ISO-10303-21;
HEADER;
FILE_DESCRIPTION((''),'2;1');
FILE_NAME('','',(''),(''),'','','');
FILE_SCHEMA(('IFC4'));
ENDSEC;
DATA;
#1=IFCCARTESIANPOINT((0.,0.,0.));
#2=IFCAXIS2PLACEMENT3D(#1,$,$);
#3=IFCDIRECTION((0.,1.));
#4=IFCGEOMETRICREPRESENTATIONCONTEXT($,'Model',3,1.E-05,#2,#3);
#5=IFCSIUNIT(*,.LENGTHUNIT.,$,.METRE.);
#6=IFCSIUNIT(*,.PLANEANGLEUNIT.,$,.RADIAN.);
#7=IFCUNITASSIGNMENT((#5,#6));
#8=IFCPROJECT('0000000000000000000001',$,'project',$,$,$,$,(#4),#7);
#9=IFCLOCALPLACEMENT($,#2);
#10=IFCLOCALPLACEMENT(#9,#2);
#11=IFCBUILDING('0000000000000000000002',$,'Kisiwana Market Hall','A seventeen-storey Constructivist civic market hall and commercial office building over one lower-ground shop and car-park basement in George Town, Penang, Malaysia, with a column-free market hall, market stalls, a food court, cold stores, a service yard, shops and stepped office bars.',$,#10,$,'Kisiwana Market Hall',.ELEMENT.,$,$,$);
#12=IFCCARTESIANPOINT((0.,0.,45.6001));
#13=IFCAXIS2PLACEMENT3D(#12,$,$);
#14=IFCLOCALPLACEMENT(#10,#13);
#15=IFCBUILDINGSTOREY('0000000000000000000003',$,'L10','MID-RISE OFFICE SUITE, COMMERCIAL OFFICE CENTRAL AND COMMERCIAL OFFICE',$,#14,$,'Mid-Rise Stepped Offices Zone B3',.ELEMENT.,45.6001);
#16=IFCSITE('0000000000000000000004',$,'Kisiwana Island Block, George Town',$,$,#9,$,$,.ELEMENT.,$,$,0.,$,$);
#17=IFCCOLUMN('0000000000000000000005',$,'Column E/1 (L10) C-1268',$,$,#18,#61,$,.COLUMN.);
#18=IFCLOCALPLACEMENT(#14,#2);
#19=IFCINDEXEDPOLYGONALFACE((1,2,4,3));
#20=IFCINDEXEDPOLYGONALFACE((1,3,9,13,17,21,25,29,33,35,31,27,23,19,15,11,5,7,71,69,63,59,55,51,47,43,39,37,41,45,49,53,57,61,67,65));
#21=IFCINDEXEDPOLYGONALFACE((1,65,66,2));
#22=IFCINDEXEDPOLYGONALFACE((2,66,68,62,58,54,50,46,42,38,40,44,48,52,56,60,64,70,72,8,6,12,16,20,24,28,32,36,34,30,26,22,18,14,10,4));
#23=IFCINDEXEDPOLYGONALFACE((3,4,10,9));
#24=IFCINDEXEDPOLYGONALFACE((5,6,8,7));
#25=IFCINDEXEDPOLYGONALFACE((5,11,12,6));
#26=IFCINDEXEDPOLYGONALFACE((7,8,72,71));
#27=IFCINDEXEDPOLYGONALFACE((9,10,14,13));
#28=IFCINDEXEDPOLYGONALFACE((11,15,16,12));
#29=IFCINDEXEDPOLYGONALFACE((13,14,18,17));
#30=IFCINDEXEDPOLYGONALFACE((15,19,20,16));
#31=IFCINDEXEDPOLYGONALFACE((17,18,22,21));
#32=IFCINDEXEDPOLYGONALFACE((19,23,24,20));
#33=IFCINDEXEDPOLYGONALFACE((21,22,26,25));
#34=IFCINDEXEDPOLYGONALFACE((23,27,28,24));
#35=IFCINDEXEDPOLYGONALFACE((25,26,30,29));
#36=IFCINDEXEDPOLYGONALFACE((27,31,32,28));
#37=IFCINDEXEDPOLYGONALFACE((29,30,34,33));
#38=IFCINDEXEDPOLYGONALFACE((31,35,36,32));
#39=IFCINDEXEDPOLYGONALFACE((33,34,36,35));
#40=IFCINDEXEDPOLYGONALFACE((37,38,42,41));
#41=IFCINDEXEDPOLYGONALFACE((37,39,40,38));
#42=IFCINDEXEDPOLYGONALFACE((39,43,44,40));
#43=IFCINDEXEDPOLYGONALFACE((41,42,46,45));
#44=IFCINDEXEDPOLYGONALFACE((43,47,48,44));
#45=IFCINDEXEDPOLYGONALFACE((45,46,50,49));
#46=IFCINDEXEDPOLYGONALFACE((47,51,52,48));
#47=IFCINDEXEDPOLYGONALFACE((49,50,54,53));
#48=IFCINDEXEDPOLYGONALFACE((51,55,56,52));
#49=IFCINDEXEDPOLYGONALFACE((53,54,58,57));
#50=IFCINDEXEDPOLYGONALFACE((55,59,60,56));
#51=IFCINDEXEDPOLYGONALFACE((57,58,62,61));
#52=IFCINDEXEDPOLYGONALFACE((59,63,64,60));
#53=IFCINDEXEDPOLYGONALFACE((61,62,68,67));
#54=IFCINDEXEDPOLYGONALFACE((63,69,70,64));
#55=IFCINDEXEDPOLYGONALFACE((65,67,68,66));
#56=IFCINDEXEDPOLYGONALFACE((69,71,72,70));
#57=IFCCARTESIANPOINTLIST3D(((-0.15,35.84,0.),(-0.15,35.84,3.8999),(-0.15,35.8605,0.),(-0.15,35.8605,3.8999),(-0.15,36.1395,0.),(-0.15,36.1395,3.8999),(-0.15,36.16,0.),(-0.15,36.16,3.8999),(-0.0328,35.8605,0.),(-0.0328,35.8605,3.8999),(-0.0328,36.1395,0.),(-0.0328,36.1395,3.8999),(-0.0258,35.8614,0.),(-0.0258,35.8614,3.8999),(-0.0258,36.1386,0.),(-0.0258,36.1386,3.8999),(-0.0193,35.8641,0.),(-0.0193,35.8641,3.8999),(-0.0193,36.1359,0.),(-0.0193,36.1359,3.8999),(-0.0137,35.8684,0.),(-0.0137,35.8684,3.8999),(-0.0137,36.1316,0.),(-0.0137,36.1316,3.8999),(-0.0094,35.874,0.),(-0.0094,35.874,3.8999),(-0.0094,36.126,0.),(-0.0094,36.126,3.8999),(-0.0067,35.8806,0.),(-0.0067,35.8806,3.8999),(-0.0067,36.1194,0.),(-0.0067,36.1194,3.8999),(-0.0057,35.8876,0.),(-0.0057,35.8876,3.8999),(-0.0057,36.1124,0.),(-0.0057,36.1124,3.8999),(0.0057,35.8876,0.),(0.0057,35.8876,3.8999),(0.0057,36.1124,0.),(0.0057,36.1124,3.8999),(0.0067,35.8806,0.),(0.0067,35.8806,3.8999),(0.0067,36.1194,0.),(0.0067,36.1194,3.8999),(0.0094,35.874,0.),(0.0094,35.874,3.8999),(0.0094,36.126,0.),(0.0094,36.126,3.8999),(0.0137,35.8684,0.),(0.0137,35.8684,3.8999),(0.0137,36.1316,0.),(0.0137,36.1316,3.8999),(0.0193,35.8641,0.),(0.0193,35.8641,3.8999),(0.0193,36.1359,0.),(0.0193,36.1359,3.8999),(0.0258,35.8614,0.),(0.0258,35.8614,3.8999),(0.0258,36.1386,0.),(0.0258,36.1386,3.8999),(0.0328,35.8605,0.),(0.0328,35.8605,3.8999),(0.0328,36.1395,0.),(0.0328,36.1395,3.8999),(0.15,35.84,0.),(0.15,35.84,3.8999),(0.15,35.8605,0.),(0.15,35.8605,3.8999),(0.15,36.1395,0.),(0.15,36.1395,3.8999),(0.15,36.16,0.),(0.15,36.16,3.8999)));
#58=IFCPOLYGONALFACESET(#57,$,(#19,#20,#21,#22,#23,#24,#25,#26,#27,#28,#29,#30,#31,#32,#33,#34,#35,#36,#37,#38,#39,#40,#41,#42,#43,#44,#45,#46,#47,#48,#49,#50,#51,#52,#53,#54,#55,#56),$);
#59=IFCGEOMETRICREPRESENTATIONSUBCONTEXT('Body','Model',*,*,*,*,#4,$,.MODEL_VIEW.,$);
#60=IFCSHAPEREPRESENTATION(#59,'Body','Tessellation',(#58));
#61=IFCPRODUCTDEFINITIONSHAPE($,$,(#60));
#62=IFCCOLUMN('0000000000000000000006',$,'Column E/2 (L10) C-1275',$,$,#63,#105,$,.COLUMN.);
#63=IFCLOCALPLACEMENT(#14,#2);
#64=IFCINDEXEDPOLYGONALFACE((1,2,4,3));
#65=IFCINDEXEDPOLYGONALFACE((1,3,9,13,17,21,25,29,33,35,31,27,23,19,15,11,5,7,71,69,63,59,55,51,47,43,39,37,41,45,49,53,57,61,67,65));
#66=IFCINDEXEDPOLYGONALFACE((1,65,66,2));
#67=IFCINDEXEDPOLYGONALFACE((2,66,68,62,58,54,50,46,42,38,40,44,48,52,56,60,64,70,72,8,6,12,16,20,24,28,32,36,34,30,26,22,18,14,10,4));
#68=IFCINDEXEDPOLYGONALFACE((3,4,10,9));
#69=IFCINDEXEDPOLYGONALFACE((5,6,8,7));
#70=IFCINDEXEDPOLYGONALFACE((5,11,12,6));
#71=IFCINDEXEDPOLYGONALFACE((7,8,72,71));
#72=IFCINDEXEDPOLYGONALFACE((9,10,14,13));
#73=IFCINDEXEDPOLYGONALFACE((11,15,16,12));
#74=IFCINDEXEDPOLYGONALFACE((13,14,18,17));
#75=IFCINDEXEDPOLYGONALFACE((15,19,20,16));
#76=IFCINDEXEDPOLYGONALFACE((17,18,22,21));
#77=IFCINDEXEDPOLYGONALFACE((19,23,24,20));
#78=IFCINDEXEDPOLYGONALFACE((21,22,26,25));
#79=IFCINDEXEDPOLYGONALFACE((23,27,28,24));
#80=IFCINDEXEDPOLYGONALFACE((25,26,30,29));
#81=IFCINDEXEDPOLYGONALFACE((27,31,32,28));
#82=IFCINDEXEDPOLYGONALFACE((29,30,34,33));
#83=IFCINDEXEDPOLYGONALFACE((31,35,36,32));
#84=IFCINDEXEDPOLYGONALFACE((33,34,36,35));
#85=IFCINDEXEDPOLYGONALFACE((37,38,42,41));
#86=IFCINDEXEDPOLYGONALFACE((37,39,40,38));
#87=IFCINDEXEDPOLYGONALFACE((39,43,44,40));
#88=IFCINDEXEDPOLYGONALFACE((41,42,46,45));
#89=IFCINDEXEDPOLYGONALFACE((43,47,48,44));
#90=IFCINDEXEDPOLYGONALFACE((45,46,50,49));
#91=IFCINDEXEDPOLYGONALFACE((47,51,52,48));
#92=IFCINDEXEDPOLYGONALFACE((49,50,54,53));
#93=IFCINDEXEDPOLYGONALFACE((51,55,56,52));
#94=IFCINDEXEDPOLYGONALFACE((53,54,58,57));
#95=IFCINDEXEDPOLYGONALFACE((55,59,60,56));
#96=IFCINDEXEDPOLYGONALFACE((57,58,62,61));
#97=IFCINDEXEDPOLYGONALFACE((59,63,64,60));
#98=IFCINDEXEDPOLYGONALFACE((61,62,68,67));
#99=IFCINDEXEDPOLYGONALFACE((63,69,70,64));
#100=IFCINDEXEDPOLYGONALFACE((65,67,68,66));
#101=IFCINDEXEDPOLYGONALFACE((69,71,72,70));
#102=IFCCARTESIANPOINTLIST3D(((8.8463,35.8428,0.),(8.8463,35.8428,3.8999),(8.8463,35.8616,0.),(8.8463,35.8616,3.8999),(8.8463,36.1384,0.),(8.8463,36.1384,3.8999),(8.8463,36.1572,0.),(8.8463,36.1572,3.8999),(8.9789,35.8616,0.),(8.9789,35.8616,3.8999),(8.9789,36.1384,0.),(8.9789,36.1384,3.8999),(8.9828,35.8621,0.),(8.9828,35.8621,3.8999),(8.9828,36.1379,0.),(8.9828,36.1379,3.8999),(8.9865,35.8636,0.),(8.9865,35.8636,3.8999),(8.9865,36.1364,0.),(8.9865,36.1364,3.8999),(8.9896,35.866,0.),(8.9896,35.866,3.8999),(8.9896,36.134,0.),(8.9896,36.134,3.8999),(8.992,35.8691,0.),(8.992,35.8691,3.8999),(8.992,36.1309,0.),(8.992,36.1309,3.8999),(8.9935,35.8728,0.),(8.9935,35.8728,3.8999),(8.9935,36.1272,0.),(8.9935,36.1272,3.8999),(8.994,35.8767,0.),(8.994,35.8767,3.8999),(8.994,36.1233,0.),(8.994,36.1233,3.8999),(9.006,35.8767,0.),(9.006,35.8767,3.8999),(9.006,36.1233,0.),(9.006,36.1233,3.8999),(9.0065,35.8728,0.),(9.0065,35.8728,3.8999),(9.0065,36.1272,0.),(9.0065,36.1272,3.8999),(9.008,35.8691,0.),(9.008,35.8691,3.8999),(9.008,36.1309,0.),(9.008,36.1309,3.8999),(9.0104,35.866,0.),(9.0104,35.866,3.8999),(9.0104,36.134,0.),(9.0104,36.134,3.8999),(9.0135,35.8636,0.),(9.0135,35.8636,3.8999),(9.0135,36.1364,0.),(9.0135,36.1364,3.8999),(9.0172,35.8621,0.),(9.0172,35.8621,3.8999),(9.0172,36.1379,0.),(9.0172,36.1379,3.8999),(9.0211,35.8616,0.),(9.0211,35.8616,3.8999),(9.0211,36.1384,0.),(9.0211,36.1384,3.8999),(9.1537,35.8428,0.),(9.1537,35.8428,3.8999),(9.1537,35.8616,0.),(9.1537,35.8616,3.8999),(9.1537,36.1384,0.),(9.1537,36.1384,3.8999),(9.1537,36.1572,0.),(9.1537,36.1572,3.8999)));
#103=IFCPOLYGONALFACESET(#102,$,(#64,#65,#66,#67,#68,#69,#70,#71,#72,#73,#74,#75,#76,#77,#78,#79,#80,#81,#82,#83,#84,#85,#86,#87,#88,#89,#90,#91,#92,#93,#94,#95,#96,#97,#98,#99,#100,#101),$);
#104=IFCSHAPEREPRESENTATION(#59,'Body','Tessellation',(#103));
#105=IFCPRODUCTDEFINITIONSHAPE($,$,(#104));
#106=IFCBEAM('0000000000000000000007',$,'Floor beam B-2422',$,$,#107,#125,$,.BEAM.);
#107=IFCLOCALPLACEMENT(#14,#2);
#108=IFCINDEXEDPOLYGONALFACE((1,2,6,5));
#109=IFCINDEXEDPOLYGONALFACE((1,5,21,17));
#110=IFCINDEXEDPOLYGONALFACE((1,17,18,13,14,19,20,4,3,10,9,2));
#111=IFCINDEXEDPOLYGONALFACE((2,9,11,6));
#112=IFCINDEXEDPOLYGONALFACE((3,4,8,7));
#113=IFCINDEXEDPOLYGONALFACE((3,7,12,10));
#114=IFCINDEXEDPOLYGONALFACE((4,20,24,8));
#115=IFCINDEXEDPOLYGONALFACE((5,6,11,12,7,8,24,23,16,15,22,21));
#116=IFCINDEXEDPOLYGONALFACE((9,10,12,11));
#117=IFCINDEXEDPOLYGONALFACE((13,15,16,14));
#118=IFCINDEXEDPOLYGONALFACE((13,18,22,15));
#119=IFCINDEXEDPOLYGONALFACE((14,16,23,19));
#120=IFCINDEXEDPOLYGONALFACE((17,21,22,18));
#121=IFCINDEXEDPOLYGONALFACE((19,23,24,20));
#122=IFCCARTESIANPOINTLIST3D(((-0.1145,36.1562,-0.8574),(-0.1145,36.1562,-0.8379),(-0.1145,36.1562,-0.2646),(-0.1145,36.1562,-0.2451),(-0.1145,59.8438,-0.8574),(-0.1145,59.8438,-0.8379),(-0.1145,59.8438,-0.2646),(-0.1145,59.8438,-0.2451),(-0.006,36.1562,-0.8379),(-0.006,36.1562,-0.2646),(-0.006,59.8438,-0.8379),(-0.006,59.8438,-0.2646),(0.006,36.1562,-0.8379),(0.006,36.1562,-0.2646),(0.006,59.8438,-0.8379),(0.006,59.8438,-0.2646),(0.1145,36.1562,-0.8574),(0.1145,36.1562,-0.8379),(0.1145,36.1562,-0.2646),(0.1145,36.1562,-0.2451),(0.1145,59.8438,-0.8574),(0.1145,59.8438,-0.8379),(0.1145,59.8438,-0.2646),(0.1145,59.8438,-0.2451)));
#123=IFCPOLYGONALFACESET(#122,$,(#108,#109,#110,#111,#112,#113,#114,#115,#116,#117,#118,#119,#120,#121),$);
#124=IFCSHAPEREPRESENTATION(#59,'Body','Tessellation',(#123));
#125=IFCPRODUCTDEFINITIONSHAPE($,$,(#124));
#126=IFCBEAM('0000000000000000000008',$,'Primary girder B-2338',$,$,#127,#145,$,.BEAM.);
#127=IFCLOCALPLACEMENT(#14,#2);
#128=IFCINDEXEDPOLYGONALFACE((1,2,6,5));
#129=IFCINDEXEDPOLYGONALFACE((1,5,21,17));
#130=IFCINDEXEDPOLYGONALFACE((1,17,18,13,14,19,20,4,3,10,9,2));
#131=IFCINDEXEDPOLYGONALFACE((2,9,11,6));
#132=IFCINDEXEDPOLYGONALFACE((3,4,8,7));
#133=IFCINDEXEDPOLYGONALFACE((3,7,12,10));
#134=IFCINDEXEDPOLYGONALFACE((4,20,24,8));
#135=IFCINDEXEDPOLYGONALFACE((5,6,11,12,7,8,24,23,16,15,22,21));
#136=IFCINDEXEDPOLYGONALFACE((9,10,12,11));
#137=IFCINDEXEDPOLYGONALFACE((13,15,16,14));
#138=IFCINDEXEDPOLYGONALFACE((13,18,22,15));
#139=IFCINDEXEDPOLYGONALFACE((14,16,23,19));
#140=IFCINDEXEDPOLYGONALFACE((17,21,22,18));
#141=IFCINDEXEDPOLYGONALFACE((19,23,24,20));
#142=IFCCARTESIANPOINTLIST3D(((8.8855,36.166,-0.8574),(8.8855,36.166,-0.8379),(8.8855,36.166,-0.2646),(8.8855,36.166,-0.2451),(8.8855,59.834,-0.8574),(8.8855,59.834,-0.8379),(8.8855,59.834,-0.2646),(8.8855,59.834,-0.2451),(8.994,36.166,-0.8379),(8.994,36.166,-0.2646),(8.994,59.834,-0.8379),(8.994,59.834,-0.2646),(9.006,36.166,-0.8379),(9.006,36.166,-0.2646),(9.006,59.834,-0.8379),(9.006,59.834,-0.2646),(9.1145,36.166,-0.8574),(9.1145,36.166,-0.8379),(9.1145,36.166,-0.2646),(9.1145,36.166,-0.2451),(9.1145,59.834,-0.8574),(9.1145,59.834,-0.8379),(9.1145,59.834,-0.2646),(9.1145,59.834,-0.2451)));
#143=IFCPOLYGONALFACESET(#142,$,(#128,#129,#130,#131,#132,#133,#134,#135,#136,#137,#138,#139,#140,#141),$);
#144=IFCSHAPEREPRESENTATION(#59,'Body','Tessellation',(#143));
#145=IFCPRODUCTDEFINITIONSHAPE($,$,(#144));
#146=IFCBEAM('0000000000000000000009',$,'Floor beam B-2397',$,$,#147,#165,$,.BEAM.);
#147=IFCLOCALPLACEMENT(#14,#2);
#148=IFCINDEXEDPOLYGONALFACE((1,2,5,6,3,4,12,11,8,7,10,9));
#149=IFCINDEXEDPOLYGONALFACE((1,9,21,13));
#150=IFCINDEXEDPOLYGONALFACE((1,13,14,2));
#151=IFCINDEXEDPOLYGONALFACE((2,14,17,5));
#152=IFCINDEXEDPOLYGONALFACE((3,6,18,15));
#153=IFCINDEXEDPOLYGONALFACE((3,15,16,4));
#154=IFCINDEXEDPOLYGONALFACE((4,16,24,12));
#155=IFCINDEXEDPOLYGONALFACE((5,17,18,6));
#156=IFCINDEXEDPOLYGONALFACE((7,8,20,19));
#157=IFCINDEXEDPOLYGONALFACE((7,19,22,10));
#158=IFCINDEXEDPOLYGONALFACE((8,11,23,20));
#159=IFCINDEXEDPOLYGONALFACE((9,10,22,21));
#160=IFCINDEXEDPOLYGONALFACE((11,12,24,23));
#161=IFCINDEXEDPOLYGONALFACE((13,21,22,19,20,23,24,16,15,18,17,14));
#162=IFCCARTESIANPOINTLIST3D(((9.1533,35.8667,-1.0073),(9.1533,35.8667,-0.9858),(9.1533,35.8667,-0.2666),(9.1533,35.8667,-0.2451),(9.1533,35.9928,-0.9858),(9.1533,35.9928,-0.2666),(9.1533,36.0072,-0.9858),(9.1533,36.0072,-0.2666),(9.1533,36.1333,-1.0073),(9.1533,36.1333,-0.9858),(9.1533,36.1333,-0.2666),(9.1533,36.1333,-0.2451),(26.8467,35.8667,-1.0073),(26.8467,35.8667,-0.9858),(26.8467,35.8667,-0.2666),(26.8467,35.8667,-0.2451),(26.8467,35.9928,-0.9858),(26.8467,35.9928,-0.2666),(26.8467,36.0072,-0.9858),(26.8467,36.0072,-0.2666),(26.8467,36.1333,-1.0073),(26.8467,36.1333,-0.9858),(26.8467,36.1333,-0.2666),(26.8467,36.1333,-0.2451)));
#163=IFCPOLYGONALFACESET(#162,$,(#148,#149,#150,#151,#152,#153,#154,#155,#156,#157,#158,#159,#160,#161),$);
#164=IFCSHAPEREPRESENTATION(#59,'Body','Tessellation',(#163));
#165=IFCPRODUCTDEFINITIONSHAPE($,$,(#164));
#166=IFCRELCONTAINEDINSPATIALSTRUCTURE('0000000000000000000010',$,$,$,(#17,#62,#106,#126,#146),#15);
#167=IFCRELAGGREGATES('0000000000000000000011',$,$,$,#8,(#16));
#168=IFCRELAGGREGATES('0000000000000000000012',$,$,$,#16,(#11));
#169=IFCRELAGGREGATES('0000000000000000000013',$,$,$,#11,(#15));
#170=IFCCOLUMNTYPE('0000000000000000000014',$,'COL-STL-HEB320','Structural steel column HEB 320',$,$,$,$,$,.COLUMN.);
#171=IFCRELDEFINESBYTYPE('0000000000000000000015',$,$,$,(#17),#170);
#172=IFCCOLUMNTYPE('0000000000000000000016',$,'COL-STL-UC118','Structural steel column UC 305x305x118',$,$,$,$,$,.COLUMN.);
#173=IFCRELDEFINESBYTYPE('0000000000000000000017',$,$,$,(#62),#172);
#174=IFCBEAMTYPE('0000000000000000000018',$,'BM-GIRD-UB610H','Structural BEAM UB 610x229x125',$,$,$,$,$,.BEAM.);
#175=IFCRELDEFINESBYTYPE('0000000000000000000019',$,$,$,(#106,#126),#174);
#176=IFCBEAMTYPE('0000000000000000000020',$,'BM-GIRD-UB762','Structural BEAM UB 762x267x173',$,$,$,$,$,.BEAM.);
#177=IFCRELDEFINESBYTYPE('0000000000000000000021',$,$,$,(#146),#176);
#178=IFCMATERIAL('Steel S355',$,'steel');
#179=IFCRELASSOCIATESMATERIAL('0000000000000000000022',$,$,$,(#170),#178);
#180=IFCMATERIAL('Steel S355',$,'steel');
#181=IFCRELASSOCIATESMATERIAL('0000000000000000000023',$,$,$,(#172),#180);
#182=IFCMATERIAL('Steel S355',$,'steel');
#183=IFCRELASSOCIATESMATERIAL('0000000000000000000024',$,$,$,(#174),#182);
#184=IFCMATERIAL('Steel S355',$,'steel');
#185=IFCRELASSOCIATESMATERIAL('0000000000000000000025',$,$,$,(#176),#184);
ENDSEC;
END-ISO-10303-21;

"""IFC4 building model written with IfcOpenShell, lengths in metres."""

from ifc_helpers import new_model, si_unit, direction, frame, origin, origin_2d, place, context, subcontext, project, spatial, i_section, extrude, material, material_profile, profile_set, type_object, element, save


model = new_model("IFC4")

# Units and contexts
model_context = context("Model", 3, precision=1e-05, world=origin(), true_north=direction((0.0, 1.0)))
body_context = subcontext(model_context, "Body", "Model", "MODEL_VIEW")
ifc_project = project(units=[si_unit("LENGTHUNIT", "METRE"), si_unit("PLANEANGLEUNIT", "RADIAN")], contexts=[model_context])

# Site, building, storey
site_placement = place(None, origin())
site = spatial("IfcSite", under=ifc_project, at=site_placement, Name="Kisiwana Island Block, George Town", CompositionType="ELEMENT", RefElevation=0.0)
building_placement = place(site_placement, origin())
building = spatial("IfcBuilding", under=site, at=building_placement, Name="Kisiwana Market Hall", Description="A seventeen-storey Constructivist civic market hall and commercial office building over one lower-ground shop and car-park basement in George Town, Penang, Malaysia, with a column-free market hall, market stalls, a food court, cold stores, a service yard, shops and stepped office bars.", LongName="Kisiwana Market Hall", CompositionType="ELEMENT")
storey_placement = place(building_placement, frame((0.0, 0.0, 45.6001)))
storey = spatial("IfcBuildingStorey", under=building, at=storey_placement, Name="L10", Description="MID-RISE OFFICE SUITE, COMMERCIAL OFFICE CENTRAL AND COMMERCIAL OFFICE", LongName="Mid-Rise Stepped Offices Zone B3", CompositionType="ELEMENT", Elevation=45.6001)

# Columns
ifc_material_1 = material(Name="Steel S355", Category="steel")
ifc_material_profile_1 = material_profile(ifc_material_1, i_section(OverallWidth=0.3, OverallDepth=0.3201, WebThickness=0.0115, FlangeThickness=0.0205, FilletRadius=0.0271, at=origin_2d()), Name="HEB 320")
ifc_profile_set_1 = profile_set([ifc_material_profile_1], Name="Steel S355")
column_type_1 = type_object("IfcColumnType", Name="COL-STL-HEB320", Description="Structural steel column HEB 320", PredefinedType="COLUMN", material=ifc_profile_set_1)
column_1_placement = place(storey_placement, frame((0.0, 36.0, 0.0), z_axis=(0.0, 0.0, 1.0), x_axis=(1.0, 0.0, 0.0)))
element("IfcColumn", 1, at=column_1_placement, inside=storey, type_object=column_type_1, Name="Column E/1 (L10) C-1268", PredefinedType="COLUMN", context=body_context, shape_type="SweptSolid", body=[
    extrude(i_section(OverallWidth=0.3, OverallDepth=0.3201, WebThickness=0.0115, FlangeThickness=0.0205, FilletRadius=0.0271, at=origin_2d()), origin(), (0.0, 0.0, 1.0), 3.8999),
])
ifc_material_2 = material(Name="Steel S355", Category="steel")
ifc_material_profile_2 = material_profile(ifc_material_2, i_section(OverallWidth=0.3074, OverallDepth=0.3145, WebThickness=0.012, FlangeThickness=0.0188, FilletRadius=0.0151, at=origin_2d()), Name="UC 305x305x118")
ifc_profile_set_2 = profile_set([ifc_material_profile_2], Name="Steel S355")
column_type_2 = type_object("IfcColumnType", Name="COL-STL-UC118", Description="Structural steel column UC 305x305x118", PredefinedType="COLUMN", material=ifc_profile_set_2)
column_2_placement = place(storey_placement, frame((9.0, 36.0, 0.0), z_axis=(0.0, 0.0, 1.0), x_axis=(1.0, 0.0, 0.0)))
element("IfcColumn", 2, at=column_2_placement, inside=storey, type_object=column_type_2, Name="Column E/2 (L10) C-1275", PredefinedType="COLUMN", context=body_context, shape_type="SweptSolid", body=[
    extrude(i_section(OverallWidth=0.3074, OverallDepth=0.3145, WebThickness=0.012, FlangeThickness=0.0188, FilletRadius=0.0151, at=origin_2d()), origin(), (0.0, 0.0, 1.0), 3.8999),
])

# Beams
ifc_material_3 = material(Name="Steel S355", Category="steel")
ifc_material_profile_3 = material_profile(ifc_material_3, i_section(OverallWidth=0.229, OverallDepth=0.6123, WebThickness=0.012, FlangeThickness=0.0195, at=origin_2d()), Name="UB 610x229x125")
ifc_profile_set_3 = profile_set([ifc_material_profile_3], Name="Steel S355")
beam_type_1 = type_object("IfcBeamType", Name="BM-GIRD-UB610H", Description="Structural BEAM UB 610x229x125", PredefinedType="BEAM", material=ifc_profile_set_3)
beam_1_placement = place(storey_placement, frame((0.0, 36.1562, -0.5513), z_axis=(0.0, 1.0, 0.0), x_axis=(-1.0, 0.0, 0.0)))
element("IfcBeam", 3, at=beam_1_placement, inside=storey, type_object=beam_type_1, Name="Floor beam B-2422", PredefinedType="BEAM", context=body_context, shape_type="SweptSolid", body=[
    extrude(i_section(OverallWidth=0.229, OverallDepth=0.6123, WebThickness=0.012, FlangeThickness=0.0195, at=origin_2d()), origin(), (0.0, 0.0, 1.0), 23.6875),
])
beam_2_placement = place(storey_placement, frame((9.0, 36.166, -0.5513), z_axis=(0.0, 1.0, 0.0), x_axis=(-1.0, 0.0, 0.0)))
element("IfcBeam", 4, at=beam_2_placement, inside=storey, type_object=beam_type_1, Name="Primary girder B-2338", PredefinedType="BEAM", context=body_context, shape_type="SweptSolid", body=[
    extrude(i_section(OverallWidth=0.229, OverallDepth=0.6123, WebThickness=0.012, FlangeThickness=0.0195, at=origin_2d()), origin(), (0.0, 0.0, 1.0), 23.668),
])
ifc_material_4 = material(Name="Steel S355", Category="steel")
ifc_material_profile_4 = material_profile(ifc_material_4, i_section(OverallWidth=0.2666, OverallDepth=0.7622, WebThickness=0.0144, FlangeThickness=0.0215, at=origin_2d()), Name="UB 762x267x173")
ifc_profile_set_4 = profile_set([ifc_material_profile_4], Name="Steel S355")
beam_type_2 = type_object("IfcBeamType", Name="BM-GIRD-UB762", Description="Structural BEAM UB 762x267x173", PredefinedType="BEAM", material=ifc_profile_set_4)
beam_3_placement = place(storey_placement, frame((9.1533, 36.0, -0.6262), z_axis=(1.0, 0.0, 0.0), x_axis=(0.0, 1.0, 0.0)))
element("IfcBeam", 5, at=beam_3_placement, inside=storey, type_object=beam_type_2, Name="Floor beam B-2397", PredefinedType="BEAM", context=body_context, shape_type="SweptSolid", body=[
    extrude(i_section(OverallWidth=0.2666, OverallDepth=0.7622, WebThickness=0.0144, FlangeThickness=0.0215, at=origin_2d()), origin(), (0.0, 0.0, 1.0), 17.6934),
])

save(model, "model.ifc")
